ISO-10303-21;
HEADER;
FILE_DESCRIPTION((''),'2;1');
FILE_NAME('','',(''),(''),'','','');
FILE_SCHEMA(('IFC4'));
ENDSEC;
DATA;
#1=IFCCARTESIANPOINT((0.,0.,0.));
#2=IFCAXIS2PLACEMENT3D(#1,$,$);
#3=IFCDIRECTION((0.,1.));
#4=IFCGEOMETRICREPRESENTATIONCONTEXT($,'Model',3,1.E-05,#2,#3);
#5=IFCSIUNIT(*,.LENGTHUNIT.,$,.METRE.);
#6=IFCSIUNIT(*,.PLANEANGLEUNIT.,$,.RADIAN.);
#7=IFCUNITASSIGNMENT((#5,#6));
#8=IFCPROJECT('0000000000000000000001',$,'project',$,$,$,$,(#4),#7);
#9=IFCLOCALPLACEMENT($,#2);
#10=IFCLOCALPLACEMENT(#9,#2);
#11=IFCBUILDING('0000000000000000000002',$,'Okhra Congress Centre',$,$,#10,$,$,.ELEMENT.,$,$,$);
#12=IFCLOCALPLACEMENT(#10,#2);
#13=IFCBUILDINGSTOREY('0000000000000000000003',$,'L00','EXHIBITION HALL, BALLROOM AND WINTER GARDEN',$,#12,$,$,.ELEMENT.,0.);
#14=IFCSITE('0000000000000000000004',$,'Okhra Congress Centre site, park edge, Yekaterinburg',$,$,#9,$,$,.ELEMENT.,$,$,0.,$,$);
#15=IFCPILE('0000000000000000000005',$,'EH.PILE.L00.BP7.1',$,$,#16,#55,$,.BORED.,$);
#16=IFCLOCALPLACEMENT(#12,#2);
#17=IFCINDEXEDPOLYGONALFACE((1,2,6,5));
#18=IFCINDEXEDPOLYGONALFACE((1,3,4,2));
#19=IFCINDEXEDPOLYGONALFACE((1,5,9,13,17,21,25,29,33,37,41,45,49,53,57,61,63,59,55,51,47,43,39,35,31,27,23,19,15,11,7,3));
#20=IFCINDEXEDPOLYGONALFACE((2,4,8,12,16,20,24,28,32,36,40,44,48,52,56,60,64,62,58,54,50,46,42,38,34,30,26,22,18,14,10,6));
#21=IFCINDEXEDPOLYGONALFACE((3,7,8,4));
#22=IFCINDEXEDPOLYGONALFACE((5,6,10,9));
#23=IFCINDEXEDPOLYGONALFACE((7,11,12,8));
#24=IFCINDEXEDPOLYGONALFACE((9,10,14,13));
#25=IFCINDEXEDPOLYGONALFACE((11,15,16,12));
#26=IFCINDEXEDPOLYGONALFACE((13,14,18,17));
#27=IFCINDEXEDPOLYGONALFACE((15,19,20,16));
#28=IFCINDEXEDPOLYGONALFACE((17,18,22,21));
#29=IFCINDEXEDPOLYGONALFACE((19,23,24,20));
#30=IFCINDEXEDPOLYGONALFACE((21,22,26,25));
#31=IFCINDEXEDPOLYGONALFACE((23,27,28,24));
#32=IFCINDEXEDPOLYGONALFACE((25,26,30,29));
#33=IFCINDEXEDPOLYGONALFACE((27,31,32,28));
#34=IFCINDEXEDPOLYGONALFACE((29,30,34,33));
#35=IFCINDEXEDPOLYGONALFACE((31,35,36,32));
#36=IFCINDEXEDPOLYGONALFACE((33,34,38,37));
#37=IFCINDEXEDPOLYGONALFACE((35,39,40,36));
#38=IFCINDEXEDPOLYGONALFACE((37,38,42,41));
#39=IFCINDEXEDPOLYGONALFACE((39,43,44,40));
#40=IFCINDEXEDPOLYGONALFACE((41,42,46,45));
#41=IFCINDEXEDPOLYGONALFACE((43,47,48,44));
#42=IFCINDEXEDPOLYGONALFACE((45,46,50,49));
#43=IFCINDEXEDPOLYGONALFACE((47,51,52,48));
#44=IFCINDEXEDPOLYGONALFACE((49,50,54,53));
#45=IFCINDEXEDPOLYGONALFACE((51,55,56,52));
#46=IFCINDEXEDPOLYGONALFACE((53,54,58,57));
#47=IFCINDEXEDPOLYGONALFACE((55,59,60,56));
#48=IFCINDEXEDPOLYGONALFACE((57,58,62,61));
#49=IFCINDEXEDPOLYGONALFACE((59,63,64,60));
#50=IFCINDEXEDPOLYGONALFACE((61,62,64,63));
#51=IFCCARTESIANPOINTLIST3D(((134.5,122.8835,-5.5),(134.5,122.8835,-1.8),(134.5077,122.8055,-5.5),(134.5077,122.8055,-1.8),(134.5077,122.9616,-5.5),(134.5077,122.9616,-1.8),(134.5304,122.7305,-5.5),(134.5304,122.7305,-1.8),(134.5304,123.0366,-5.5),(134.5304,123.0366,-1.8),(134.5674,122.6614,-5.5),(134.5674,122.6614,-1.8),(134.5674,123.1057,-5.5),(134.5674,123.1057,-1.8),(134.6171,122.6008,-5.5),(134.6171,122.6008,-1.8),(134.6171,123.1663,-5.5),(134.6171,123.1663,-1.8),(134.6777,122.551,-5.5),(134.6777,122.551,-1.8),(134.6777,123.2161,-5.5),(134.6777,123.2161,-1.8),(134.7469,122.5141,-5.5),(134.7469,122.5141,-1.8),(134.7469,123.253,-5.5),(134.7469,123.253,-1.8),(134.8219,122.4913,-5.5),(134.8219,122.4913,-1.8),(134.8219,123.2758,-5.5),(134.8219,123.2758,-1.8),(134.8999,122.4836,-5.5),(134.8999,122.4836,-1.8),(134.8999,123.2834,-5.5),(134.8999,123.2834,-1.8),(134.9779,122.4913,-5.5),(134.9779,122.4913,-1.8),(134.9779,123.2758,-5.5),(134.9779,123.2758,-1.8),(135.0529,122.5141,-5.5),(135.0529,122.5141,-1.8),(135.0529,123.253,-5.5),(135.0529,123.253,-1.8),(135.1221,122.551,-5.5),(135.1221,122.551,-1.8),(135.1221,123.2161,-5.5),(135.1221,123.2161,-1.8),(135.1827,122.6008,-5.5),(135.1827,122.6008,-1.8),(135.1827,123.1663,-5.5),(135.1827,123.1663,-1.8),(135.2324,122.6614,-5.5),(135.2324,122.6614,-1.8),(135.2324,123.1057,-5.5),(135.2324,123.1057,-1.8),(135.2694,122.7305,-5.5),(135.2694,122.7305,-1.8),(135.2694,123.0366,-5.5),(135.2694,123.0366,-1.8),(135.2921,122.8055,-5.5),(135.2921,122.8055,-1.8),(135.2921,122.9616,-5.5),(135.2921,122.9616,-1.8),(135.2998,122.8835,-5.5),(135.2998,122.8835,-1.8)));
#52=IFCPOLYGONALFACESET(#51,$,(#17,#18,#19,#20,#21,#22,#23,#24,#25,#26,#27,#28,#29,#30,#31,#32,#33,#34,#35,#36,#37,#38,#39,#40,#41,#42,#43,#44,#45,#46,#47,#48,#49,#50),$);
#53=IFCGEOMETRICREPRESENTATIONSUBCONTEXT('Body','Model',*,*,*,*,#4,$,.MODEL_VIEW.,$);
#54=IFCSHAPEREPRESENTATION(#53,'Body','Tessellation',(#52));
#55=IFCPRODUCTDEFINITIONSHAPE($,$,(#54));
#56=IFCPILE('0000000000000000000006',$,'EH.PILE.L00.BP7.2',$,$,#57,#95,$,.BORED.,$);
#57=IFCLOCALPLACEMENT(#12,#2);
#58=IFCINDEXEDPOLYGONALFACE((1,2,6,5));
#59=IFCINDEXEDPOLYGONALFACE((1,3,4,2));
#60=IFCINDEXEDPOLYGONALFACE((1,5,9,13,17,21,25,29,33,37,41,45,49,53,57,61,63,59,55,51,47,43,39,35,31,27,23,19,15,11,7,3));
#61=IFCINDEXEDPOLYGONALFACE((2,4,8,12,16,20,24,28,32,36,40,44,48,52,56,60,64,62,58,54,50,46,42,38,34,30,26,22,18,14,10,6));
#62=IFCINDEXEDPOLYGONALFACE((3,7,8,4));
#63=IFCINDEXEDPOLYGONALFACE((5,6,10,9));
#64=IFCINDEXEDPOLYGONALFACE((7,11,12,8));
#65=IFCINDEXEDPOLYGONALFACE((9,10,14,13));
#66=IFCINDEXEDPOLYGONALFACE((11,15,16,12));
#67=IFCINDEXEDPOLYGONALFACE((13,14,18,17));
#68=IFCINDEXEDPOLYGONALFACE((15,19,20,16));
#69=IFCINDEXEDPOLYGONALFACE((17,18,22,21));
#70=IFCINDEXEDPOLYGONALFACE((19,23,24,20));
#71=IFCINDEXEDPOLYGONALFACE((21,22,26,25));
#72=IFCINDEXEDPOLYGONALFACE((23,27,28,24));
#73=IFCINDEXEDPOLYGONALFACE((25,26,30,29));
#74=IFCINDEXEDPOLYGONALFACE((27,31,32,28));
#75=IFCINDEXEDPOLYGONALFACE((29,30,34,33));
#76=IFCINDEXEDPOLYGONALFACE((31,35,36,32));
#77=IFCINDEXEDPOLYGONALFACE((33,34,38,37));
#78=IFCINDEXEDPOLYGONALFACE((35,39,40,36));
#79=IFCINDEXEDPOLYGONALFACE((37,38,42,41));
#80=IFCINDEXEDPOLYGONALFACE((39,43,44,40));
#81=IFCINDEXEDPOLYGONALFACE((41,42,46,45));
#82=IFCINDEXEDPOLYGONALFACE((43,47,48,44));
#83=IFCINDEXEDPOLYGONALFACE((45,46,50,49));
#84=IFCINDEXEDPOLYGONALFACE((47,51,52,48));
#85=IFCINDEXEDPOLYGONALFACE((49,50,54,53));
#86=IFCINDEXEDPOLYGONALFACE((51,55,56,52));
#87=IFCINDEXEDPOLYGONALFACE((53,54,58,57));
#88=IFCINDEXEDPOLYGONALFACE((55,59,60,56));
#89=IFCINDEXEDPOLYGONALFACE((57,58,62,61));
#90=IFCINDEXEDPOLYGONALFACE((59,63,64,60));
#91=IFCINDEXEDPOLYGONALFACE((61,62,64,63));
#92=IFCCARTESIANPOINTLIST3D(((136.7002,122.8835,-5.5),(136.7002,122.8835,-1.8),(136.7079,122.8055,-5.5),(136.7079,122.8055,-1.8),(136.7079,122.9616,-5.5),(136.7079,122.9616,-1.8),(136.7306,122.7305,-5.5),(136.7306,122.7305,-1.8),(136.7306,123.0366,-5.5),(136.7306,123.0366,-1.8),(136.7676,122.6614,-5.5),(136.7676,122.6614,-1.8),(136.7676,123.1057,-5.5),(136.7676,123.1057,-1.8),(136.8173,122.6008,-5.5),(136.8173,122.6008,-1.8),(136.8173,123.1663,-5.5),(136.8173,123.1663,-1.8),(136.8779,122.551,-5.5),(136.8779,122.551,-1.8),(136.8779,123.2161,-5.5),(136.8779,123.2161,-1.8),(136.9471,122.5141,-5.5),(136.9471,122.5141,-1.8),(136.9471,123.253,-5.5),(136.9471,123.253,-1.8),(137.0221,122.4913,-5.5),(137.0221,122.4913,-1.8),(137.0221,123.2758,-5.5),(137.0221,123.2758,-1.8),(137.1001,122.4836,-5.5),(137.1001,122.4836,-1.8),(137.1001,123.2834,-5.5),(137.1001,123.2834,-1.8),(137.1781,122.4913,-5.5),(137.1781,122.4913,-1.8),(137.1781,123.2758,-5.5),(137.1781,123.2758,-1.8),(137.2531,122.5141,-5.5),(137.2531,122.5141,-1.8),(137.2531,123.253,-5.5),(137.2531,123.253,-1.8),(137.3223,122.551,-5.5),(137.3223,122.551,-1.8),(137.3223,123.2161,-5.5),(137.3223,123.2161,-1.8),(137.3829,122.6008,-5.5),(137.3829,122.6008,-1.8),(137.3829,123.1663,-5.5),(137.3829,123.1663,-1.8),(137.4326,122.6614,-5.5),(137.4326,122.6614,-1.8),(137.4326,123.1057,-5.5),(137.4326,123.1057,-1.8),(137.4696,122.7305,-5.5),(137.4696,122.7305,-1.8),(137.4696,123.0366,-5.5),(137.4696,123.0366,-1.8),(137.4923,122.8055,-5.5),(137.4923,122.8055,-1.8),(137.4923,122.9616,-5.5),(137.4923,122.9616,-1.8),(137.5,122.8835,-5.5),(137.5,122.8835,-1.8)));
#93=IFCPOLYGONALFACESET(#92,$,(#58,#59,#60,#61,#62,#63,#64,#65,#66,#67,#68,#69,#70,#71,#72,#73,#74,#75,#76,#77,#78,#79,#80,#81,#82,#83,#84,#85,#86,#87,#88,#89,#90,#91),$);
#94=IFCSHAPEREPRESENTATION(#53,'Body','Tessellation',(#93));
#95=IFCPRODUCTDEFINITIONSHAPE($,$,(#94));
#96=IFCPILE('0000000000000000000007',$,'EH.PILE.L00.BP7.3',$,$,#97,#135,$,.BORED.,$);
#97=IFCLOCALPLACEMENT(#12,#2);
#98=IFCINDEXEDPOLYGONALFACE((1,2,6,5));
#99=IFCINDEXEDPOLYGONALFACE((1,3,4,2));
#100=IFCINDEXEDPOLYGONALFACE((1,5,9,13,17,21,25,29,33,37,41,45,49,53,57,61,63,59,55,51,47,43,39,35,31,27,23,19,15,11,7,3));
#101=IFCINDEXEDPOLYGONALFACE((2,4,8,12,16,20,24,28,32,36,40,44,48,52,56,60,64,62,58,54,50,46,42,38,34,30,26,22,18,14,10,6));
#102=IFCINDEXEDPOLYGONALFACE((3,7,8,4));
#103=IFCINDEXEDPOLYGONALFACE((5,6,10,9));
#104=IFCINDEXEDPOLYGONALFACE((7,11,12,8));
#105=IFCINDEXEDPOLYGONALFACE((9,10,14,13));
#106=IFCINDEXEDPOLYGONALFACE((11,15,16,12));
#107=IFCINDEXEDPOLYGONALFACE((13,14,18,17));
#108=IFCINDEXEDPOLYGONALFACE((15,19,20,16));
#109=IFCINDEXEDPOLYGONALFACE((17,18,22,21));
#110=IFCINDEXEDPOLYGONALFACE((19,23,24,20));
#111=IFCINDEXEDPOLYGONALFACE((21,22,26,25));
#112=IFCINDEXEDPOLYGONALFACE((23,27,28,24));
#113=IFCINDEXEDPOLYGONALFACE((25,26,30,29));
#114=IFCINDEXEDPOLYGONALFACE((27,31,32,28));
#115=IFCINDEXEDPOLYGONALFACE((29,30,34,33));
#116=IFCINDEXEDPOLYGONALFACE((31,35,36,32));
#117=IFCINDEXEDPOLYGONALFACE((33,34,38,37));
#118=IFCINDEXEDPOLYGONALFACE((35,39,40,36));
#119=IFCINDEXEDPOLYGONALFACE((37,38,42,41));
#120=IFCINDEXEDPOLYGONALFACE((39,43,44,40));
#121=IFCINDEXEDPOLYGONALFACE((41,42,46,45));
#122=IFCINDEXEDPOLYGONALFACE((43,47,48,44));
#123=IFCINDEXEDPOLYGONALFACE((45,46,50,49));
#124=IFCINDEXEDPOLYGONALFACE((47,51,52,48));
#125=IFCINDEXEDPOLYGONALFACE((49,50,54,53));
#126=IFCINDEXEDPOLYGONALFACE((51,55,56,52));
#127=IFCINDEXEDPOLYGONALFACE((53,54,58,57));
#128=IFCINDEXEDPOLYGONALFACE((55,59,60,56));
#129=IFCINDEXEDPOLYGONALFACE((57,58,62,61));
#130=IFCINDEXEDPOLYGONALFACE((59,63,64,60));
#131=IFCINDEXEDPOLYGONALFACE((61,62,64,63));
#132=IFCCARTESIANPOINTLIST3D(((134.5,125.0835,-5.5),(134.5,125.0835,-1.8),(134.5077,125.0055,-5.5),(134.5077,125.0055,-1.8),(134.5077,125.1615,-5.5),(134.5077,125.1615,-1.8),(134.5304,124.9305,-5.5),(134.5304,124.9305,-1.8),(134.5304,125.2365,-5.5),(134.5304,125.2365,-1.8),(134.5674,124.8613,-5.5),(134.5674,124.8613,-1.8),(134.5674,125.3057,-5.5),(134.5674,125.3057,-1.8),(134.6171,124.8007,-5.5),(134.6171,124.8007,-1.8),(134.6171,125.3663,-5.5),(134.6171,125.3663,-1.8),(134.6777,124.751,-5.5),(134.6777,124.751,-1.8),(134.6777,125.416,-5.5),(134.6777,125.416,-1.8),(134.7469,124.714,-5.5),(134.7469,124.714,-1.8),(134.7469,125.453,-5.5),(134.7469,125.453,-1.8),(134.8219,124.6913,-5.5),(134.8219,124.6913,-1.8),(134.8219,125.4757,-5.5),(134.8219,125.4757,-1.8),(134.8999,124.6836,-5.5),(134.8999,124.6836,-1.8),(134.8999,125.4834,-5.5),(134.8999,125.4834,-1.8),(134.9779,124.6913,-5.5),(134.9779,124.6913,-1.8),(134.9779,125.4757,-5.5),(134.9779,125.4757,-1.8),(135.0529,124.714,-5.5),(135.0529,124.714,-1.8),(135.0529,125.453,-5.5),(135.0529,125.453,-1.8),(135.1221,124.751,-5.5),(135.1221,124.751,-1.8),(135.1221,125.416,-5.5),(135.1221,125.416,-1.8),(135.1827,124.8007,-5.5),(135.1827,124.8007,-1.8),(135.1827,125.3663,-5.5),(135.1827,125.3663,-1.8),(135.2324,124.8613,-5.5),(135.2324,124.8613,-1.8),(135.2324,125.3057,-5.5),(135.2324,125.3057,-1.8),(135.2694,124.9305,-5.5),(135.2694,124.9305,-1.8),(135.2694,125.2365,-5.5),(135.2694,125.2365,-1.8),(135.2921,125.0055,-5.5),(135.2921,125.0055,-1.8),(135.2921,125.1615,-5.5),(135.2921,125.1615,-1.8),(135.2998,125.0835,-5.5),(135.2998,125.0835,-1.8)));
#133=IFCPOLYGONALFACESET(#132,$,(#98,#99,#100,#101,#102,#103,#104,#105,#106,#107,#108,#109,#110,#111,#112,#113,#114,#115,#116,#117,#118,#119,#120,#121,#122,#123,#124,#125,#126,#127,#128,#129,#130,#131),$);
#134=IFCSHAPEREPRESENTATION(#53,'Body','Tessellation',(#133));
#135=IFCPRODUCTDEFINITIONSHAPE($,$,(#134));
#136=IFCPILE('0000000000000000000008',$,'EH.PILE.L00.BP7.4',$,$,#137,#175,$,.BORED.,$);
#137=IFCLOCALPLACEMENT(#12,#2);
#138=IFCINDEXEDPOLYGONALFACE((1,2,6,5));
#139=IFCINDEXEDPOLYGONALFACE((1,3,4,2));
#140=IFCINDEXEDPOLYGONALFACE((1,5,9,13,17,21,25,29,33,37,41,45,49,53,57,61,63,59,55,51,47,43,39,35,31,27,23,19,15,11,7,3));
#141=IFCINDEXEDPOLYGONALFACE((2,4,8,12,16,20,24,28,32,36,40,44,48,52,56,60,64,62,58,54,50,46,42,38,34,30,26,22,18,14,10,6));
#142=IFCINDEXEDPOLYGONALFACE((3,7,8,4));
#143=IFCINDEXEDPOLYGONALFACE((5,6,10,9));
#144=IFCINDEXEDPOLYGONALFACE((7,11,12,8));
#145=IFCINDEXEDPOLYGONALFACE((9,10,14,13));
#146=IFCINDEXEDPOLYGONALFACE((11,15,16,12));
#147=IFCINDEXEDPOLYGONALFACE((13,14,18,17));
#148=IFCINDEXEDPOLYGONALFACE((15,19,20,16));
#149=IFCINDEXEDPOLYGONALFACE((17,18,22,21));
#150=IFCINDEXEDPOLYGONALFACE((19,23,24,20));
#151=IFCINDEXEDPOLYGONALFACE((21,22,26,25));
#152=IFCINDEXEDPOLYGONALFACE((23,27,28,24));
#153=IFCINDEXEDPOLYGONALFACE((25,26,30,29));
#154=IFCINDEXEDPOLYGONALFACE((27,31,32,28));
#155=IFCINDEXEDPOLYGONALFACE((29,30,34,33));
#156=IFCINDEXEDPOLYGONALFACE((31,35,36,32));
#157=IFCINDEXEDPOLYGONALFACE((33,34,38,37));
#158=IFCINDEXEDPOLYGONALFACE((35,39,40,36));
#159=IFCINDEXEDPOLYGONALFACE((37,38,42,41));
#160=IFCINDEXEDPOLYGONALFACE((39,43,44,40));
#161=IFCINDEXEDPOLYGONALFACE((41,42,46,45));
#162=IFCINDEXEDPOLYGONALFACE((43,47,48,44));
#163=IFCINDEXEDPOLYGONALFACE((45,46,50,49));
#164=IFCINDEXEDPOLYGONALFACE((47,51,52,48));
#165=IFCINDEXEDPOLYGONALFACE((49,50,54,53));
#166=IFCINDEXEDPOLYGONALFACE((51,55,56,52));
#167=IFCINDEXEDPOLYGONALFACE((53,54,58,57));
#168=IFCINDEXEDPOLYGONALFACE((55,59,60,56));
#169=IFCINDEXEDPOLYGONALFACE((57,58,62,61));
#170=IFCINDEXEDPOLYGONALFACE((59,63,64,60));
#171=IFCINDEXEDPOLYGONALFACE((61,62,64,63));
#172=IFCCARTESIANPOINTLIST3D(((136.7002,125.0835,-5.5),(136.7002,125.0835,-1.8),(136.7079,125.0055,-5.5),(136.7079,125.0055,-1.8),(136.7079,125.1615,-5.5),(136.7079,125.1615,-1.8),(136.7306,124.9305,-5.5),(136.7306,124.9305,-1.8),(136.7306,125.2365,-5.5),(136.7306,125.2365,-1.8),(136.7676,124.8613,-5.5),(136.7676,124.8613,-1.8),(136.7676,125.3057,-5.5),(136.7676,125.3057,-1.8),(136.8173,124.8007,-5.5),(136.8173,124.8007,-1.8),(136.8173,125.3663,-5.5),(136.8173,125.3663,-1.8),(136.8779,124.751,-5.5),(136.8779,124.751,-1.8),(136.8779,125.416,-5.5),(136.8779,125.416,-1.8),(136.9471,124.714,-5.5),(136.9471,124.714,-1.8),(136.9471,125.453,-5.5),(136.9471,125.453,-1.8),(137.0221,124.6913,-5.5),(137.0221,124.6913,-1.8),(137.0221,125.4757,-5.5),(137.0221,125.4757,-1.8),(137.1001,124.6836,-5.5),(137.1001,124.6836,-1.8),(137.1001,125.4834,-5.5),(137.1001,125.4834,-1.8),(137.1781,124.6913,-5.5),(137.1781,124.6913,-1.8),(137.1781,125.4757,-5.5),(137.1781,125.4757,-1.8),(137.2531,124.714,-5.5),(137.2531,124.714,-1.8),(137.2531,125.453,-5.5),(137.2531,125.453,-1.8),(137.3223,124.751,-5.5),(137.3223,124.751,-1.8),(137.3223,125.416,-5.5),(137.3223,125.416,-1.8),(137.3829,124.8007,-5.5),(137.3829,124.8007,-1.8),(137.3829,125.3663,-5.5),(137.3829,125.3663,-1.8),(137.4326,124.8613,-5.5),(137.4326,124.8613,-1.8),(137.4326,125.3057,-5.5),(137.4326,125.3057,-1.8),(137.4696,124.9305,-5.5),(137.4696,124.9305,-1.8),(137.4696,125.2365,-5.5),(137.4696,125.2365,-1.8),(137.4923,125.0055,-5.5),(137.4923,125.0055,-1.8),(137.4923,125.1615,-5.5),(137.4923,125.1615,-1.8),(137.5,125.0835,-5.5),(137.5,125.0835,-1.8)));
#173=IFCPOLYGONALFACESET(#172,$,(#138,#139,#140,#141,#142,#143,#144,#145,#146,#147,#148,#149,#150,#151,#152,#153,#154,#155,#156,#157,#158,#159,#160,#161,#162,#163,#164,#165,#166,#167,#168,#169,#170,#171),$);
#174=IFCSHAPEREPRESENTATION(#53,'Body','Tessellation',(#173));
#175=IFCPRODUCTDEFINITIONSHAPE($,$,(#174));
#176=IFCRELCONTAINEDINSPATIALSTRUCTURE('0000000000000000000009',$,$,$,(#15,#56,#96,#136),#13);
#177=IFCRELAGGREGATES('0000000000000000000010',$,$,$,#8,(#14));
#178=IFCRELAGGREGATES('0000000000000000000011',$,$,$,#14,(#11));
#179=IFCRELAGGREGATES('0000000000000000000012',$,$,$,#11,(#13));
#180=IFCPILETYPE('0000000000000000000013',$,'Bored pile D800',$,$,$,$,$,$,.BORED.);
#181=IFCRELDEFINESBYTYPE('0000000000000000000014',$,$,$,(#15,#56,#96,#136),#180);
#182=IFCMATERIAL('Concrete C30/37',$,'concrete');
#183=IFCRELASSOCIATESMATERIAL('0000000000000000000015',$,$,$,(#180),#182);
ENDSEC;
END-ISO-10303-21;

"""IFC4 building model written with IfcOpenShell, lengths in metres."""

from ifc_helpers import new_model, si_unit, direction, frame, origin, origin_2d, place, context, subcontext, project, spatial, circle, extrude, material, material_profile, profile_set, type_object, element, save


model = new_model("IFC4")

# Units and contexts
model_context = context("Model", 3, precision=1e-05, world=origin(), true_north=direction((0.0, 1.0)))
body_context = subcontext(model_context, "Body", "Model", "MODEL_VIEW")
ifc_project = project(units=[si_unit("LENGTHUNIT", "METRE"), si_unit("PLANEANGLEUNIT", "RADIAN")], contexts=[model_context])

# Site, building, storey
site_placement = place(None, origin())
site = spatial("IfcSite", under=ifc_project, at=site_placement, Name="Okhra Congress Centre site, park edge, Yekaterinburg", CompositionType="ELEMENT", RefElevation=0.0)
building_placement = place(site_placement, origin())
building = spatial("IfcBuilding", under=site, at=building_placement, Name="Okhra Congress Centre", CompositionType="ELEMENT")
storey_placement = place(building_placement, origin())
storey = spatial("IfcBuildingStorey", under=building, at=storey_placement, Name="L00", Description="EXHIBITION HALL, BALLROOM AND WINTER GARDEN", CompositionType="ELEMENT", Elevation=0.0)

# Piles
ifc_material_1 = material(Name="Concrete C30/37", Category="concrete")
ifc_material_profile_1 = material_profile(ifc_material_1, circle(Radius=0.3999, at=origin_2d()), Name="D800")
ifc_profile_set_1 = profile_set([ifc_material_profile_1], Name="Concrete C30/37")
pile_type_1 = type_object("IfcPileType", Name="Bored pile D800", PredefinedType="BORED", material=ifc_profile_set_1)
for number, where, z_axis, x_axis, name in (
    (1, (134.8999, 122.8835, -1.8), (0.0, 0.0, -1.0), (1.0, 0.0, 0.0), "EH.PILE.L00.BP7.1"),
    (2, (137.1001, 122.8835, -1.8), (0.0, 0.0, -1.0), (1.0, 0.0, 0.0), "EH.PILE.L00.BP7.2"),
    (3, (134.8999, 125.0835, -1.8), (0.0, 0.0, -1.0), (1.0, 0.0, 0.0), "EH.PILE.L00.BP7.3"),
    (4, (137.1001, 125.0835, -1.8), (0.0, 0.0, -1.0), (1.0, 0.0, 0.0), "EH.PILE.L00.BP7.4"),
):
    element("IfcPile", number, at=place(storey_placement, frame(where, z_axis=z_axis, x_axis=x_axis)), inside=storey, type_object=pile_type_1, Name=name, PredefinedType="BORED", context=body_context, shape_type="SweptSolid", body=[
        extrude(circle(Radius=0.3999, at=origin_2d()), origin(), (0.0, 0.0, 1.0), 3.7),
    ])

save(model, "model.ifc")
